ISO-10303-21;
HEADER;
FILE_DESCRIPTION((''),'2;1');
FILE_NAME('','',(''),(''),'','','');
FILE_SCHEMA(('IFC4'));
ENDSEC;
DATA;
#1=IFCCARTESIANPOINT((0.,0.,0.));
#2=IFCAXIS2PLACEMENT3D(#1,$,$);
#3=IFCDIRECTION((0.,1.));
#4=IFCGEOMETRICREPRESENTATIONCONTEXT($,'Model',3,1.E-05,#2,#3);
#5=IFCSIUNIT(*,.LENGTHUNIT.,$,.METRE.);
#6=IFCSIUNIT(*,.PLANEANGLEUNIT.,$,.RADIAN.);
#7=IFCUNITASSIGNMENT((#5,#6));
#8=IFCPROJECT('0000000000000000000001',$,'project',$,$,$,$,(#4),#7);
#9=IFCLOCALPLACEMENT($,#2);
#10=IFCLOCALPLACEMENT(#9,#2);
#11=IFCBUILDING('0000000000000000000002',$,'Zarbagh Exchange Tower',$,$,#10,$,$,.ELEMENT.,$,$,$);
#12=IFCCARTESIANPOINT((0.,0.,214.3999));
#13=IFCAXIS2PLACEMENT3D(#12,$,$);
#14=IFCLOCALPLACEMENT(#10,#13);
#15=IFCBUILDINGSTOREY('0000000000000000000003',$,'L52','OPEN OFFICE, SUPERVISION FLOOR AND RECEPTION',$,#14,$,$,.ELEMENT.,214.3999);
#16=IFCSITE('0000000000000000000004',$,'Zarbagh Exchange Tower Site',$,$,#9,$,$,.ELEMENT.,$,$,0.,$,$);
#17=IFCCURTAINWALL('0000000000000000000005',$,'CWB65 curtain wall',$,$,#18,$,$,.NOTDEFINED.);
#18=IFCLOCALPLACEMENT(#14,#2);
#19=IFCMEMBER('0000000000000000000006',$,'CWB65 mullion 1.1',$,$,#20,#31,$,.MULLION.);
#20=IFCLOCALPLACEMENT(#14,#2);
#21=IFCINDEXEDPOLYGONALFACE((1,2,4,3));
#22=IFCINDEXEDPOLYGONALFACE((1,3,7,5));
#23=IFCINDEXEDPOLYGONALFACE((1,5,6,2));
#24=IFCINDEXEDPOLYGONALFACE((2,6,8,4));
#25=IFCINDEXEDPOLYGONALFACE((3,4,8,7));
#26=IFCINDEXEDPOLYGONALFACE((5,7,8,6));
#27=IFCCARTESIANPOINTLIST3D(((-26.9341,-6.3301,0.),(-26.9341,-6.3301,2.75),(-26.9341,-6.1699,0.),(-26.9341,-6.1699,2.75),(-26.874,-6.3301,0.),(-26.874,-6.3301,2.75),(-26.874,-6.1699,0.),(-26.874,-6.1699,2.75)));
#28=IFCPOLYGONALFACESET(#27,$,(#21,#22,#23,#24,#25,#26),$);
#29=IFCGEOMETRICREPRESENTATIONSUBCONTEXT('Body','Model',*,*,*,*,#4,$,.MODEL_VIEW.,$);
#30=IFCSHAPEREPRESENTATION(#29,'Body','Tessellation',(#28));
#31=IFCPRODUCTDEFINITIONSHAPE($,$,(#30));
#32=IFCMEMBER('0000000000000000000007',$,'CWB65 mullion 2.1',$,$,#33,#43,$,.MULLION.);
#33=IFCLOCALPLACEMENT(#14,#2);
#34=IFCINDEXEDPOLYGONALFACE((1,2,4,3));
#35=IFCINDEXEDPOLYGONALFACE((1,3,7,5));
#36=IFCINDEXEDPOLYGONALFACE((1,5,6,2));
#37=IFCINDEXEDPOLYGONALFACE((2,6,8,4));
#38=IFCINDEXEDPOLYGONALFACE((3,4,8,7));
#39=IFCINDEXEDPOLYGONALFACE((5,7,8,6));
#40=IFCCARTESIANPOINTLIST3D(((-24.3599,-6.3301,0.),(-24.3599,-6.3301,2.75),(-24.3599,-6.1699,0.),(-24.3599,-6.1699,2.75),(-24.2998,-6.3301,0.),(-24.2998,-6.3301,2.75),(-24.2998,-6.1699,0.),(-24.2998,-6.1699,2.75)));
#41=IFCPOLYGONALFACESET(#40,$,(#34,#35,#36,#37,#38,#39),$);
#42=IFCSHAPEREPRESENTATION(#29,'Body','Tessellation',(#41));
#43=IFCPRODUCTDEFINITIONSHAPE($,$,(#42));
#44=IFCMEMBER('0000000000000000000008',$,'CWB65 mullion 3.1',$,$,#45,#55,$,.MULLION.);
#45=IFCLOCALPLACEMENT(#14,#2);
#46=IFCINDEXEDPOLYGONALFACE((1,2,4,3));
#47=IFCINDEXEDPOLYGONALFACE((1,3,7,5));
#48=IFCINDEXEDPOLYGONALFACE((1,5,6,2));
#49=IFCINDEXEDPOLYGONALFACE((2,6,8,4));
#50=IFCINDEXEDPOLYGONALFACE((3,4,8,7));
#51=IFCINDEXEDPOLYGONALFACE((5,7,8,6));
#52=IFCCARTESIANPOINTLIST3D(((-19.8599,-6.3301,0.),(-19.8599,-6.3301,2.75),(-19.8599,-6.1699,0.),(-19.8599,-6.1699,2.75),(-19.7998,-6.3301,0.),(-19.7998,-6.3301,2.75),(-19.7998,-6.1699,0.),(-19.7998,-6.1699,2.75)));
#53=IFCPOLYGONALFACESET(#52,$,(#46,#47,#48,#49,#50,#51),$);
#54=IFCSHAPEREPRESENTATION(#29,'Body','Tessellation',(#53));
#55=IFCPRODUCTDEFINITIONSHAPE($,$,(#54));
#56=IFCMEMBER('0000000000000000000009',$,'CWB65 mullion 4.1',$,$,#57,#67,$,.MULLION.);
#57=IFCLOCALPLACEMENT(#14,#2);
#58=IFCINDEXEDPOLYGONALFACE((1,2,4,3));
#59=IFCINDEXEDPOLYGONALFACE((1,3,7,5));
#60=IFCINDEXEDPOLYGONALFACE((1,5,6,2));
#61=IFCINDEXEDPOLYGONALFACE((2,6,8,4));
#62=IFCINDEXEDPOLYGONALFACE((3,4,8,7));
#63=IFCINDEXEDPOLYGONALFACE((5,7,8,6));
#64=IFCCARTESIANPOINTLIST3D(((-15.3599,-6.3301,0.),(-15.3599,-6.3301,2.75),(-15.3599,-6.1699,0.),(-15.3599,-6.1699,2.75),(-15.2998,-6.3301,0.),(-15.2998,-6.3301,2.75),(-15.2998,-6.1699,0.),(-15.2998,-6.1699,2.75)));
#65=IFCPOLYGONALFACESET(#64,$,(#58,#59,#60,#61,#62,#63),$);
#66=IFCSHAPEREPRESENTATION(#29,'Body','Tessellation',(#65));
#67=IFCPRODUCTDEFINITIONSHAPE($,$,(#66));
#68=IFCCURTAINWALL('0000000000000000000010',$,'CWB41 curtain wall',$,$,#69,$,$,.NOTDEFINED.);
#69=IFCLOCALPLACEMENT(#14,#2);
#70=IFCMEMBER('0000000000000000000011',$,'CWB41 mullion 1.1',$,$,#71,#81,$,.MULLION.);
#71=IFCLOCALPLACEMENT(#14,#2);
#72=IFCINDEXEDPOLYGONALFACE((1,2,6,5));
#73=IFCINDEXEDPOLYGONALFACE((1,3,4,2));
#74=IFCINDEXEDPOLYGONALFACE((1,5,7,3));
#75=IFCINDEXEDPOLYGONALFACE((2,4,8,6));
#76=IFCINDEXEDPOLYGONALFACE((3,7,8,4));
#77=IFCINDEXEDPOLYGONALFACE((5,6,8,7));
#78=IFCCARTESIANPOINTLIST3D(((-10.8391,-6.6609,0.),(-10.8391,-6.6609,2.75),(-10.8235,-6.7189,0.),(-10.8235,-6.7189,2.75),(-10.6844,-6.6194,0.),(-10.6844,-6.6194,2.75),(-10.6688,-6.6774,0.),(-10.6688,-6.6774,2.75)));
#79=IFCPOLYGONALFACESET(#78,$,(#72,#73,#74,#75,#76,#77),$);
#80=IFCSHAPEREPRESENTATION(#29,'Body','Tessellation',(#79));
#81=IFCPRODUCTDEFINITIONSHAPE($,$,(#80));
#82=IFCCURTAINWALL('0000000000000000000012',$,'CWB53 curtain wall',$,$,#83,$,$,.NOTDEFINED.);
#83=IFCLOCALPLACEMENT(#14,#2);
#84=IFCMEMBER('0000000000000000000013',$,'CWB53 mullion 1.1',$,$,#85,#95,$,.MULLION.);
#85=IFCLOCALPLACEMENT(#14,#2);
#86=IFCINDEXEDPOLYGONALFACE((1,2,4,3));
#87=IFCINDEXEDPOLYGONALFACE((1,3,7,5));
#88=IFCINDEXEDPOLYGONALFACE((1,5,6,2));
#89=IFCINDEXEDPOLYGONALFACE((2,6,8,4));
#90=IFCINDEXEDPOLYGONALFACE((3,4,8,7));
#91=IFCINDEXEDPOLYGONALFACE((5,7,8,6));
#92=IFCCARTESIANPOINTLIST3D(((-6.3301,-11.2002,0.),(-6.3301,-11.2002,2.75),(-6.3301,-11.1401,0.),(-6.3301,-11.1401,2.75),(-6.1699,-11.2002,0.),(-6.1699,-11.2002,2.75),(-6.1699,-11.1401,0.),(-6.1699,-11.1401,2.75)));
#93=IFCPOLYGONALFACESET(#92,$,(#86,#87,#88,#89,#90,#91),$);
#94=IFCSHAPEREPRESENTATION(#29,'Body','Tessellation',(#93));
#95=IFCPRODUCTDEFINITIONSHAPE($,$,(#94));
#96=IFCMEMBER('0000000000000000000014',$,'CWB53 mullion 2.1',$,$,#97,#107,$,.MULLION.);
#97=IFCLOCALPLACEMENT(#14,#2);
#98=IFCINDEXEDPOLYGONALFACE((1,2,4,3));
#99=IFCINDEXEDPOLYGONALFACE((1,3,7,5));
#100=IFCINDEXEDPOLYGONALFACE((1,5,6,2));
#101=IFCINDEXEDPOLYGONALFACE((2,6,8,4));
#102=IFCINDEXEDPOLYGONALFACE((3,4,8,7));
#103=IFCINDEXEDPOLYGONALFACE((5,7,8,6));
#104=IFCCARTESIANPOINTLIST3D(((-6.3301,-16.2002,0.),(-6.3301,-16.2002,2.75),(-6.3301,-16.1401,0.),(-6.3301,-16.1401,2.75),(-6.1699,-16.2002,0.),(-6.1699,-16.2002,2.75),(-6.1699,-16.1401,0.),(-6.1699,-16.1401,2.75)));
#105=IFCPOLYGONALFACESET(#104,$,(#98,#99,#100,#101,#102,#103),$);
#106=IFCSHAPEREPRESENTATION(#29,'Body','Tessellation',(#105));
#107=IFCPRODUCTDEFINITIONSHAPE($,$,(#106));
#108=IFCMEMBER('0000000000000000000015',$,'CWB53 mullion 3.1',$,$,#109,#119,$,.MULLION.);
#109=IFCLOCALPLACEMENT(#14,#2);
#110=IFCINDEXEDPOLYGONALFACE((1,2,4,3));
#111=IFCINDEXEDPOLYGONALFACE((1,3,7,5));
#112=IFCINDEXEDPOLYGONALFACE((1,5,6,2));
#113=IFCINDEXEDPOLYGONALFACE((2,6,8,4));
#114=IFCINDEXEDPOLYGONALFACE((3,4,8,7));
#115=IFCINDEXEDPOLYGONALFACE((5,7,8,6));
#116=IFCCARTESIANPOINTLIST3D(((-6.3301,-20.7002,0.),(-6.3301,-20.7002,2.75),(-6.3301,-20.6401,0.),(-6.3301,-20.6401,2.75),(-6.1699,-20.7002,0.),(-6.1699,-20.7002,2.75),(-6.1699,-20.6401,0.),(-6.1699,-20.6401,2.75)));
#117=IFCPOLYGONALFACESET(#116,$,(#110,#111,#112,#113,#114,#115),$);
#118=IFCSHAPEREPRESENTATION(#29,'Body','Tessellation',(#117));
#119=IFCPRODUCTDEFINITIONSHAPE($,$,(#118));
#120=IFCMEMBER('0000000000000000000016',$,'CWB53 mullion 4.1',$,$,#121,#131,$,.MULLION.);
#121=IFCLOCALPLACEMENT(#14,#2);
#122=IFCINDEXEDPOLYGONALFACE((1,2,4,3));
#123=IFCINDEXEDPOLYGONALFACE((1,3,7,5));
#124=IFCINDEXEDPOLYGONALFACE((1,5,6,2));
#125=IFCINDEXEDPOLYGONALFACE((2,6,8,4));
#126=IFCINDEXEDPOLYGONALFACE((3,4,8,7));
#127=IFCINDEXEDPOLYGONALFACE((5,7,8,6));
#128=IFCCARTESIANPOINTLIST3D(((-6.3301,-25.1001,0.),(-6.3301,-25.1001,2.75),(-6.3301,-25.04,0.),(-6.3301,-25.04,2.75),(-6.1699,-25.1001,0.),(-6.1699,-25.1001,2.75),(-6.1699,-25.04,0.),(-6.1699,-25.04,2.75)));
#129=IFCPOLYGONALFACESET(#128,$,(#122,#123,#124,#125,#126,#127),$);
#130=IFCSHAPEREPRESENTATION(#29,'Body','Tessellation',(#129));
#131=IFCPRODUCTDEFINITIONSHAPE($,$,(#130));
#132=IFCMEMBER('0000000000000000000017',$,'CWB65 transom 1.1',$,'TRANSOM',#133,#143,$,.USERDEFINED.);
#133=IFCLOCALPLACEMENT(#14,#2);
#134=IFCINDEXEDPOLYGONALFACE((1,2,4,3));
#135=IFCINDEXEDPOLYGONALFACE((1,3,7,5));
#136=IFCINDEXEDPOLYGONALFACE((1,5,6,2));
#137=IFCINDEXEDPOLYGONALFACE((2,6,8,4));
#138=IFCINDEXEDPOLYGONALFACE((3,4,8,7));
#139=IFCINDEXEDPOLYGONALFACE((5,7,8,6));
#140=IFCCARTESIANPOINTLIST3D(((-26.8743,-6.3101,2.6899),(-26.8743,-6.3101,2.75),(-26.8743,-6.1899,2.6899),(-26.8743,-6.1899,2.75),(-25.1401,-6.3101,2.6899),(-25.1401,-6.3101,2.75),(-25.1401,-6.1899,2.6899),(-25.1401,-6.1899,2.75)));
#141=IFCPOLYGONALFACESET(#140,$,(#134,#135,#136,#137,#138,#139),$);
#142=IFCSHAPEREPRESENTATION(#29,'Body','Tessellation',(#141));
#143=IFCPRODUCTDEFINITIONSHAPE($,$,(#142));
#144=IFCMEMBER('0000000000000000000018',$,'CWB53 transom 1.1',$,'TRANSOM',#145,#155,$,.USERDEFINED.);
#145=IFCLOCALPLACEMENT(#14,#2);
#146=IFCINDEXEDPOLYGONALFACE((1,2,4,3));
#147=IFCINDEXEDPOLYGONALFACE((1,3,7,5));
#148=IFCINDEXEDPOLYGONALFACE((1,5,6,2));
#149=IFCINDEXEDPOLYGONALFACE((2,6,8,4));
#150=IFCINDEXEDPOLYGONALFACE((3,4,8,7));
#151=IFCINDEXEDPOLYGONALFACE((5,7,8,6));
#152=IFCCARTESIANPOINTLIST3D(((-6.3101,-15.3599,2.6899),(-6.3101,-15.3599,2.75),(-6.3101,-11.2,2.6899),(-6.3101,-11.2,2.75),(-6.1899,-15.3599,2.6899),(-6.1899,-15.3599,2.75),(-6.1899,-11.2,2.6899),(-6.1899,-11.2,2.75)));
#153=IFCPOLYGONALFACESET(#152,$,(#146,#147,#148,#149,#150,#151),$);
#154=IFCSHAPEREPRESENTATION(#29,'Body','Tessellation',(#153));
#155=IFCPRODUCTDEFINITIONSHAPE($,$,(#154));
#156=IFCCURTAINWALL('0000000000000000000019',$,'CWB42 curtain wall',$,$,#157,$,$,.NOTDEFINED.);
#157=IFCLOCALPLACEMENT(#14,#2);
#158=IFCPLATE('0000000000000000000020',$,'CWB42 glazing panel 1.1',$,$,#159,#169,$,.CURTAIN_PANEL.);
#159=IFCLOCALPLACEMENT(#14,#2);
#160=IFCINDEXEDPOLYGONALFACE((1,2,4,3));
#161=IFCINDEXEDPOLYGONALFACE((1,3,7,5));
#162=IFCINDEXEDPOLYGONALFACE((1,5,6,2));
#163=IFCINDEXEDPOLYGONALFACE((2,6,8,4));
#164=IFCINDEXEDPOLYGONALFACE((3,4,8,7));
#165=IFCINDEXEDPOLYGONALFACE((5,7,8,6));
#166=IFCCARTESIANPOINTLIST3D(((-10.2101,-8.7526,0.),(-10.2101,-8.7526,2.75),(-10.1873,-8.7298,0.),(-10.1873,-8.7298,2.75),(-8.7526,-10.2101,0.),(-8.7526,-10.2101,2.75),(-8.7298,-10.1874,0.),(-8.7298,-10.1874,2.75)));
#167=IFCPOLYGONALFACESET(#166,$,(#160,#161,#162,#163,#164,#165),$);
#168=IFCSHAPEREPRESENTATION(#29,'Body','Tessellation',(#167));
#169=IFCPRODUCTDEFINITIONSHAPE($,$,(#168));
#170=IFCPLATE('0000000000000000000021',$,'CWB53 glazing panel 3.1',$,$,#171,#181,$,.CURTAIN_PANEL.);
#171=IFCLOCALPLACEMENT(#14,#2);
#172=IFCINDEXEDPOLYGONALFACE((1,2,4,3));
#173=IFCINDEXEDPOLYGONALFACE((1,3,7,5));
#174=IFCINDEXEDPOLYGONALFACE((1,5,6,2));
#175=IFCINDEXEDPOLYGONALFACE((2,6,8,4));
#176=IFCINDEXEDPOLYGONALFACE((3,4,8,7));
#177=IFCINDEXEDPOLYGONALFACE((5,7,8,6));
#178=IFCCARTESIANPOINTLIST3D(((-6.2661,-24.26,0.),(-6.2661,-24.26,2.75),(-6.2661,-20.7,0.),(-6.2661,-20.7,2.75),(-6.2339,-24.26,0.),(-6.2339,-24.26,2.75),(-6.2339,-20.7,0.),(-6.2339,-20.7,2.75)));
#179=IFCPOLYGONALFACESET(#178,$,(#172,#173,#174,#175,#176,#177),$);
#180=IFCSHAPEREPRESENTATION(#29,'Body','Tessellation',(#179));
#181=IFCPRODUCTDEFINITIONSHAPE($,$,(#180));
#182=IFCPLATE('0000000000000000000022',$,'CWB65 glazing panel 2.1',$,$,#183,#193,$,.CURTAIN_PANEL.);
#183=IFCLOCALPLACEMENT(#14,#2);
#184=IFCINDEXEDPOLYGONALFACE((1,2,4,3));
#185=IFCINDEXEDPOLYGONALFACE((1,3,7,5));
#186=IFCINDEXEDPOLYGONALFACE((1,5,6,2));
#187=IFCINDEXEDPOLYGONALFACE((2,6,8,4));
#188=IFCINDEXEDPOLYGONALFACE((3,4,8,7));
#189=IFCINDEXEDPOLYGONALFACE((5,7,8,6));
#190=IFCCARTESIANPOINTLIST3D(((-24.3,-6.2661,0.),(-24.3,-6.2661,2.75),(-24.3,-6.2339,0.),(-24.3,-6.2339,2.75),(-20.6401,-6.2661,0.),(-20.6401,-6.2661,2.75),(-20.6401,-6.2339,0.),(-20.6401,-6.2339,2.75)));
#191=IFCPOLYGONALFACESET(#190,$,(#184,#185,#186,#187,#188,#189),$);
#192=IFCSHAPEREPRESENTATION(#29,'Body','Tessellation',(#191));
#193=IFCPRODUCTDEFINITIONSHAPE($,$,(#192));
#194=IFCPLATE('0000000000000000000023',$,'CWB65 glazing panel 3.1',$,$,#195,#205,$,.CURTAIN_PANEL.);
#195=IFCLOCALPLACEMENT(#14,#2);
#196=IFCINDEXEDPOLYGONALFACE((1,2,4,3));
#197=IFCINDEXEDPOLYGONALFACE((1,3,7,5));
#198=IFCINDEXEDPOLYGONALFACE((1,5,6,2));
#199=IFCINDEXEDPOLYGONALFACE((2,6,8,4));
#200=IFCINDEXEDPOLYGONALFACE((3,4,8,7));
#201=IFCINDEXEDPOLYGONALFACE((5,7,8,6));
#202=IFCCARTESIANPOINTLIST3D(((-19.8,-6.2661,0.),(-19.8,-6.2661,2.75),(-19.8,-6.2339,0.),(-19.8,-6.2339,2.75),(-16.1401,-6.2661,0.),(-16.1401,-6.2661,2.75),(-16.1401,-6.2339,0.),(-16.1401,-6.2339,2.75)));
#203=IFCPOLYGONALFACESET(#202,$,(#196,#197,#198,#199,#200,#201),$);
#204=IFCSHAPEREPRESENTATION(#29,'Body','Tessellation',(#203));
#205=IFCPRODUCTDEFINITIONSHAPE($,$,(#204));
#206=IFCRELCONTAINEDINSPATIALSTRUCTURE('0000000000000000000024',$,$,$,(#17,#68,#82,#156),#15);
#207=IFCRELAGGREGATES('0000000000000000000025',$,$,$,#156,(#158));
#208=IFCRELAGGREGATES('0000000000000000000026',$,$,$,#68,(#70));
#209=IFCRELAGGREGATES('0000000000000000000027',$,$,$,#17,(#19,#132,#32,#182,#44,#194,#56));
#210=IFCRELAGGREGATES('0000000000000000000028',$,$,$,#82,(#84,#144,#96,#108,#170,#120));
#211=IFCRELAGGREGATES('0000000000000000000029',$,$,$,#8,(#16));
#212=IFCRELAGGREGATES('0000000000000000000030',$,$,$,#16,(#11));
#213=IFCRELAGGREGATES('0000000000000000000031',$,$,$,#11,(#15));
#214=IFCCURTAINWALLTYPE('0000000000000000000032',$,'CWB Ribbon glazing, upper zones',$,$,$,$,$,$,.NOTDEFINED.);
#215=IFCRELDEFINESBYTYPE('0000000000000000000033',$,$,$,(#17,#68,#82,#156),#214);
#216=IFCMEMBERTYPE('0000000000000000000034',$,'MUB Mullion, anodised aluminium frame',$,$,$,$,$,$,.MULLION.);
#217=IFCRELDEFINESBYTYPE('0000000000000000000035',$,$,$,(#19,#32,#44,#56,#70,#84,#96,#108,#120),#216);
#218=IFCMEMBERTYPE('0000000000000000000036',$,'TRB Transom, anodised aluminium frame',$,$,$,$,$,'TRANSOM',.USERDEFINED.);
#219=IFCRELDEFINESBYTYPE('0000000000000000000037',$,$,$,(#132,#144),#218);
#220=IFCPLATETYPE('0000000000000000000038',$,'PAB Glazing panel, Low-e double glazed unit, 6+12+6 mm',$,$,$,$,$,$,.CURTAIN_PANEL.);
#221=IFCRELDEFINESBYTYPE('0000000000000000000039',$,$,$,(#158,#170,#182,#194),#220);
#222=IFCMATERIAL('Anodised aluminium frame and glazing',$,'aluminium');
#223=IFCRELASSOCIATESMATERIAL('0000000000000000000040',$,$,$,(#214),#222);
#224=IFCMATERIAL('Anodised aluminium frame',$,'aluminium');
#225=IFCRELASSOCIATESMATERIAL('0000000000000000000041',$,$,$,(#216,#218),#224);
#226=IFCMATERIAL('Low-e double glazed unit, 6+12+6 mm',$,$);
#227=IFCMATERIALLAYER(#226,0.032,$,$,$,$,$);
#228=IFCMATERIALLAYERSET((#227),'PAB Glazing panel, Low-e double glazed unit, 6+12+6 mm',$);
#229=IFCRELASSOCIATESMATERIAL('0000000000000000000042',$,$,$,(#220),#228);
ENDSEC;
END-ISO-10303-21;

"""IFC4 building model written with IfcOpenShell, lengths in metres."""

from ifc_helpers import new_model, si_unit, direction, frame, origin, place, context, subcontext, project, spatial, polyline, outline, extrude, source, transform, mapped, material, layer, layer_set, type_object, element, aggregate, save


model = new_model("IFC4")

# Units and contexts
model_context = context("Model", 3, precision=1e-05, world=origin(), true_north=direction((0.0, 1.0)))
body_context = subcontext(model_context, "Body", "Model", "MODEL_VIEW")
ifc_project = project(units=[si_unit("LENGTHUNIT", "METRE"), si_unit("PLANEANGLEUNIT", "RADIAN")], contexts=[model_context])

# Site, building, storey
site_placement = place(None, origin())
site = spatial("IfcSite", under=ifc_project, at=site_placement, Name="Zarbagh Exchange Tower Site", CompositionType="ELEMENT", RefElevation=0.0)
building_placement = place(site_placement, origin())
building = spatial("IfcBuilding", under=site, at=building_placement, Name="Zarbagh Exchange Tower", CompositionType="ELEMENT")
storey_placement = place(building_placement, frame((0.0, 0.0, 214.3999)))
storey = spatial("IfcBuildingStorey", under=building, at=storey_placement, Name="L52", Description="OPEN OFFICE, SUPERVISION FLOOR AND RECEPTION", CompositionType="ELEMENT", Elevation=214.3999)

# Curtain wall, members
ifc_material_1 = material(Name="Anodised aluminium frame and glazing", Category="aluminium")
curtain_wall_type = type_object("IfcCurtainWallType", Name="CWB Ribbon glazing, upper zones", PredefinedType="NOTDEFINED", material=ifc_material_1)
curtain_wall_1_placement = place(storey_placement, origin())
curtain_wall_1 = element("IfcCurtainWall", 1, at=curtain_wall_1_placement, inside=storey, type_object=curtain_wall_type, Name="CWB65 curtain wall", PredefinedType="NOTDEFINED")
ifc_material_2 = material(Name="Anodised aluminium frame", Category="aluminium")
member_type_1 = type_object("IfcMemberType", Name="MUB Mullion, anodised aluminium frame", PredefinedType="MULLION", material=ifc_material_2)
shared_shape_1 = source(origin(), body_context, "Body", "SweptSolid", [
    extrude(outline(polyline([(0.0, -0.0801), (0.0601, -0.0801), (0.0601, 0.0801), (0.0, 0.0801), (0.0, -0.0801)])), origin(), (0.0, 0.0, 1.0), 2.75),
])
placement = place(storey_placement, origin())
member_1 = element("IfcMember", 2, at=placement, type_object=member_type_1, Name="CWB65 mullion 1.1", PredefinedType="MULLION", context=body_context, shape_type="MappedRepresentation", body=[
    mapped(shared_shape_1, transform((-26.9341, -6.25, 0.0), x_axis=(1.0, 0.0, 0.0), y_axis=(0.0, 1.0, 0.0), z_axis=(0.0, 0.0, 1.0))),
])
member_2 = element("IfcMember", 3, at=placement, type_object=member_type_1, Name="CWB65 mullion 2.1", PredefinedType="MULLION", context=body_context, shape_type="MappedRepresentation", body=[
    mapped(shared_shape_1, transform((-24.3599, -6.25, 0.0), x_axis=(1.0, 0.0, 0.0), y_axis=(0.0, 1.0, 0.0), z_axis=(0.0, 0.0, 1.0))),
])
member_3 = element("IfcMember", 4, at=placement, type_object=member_type_1, Name="CWB65 mullion 3.1", PredefinedType="MULLION", context=body_context, shape_type="MappedRepresentation", body=[
    mapped(shared_shape_1, transform((-19.8599, -6.25, 0.0), x_axis=(1.0, 0.0, 0.0), y_axis=(0.0, 1.0, 0.0), z_axis=(0.0, 0.0, 1.0))),
])
member_4 = element("IfcMember", 5, at=placement, type_object=member_type_1, Name="CWB65 mullion 4.1", PredefinedType="MULLION", context=body_context, shape_type="MappedRepresentation", body=[
    mapped(shared_shape_1, transform((-15.3599, -6.25, 0.0), x_axis=(1.0, 0.0, 0.0), y_axis=(0.0, 1.0, 0.0), z_axis=(0.0, 0.0, 1.0))),
])

# Curtain wall, member
curtain_wall_2_placement = place(storey_placement, origin())
curtain_wall_2 = element("IfcCurtainWall", 6, at=curtain_wall_2_placement, inside=storey, type_object=curtain_wall_type, Name="CWB41 curtain wall", PredefinedType="NOTDEFINED")
member_5 = element("IfcMember", 7, at=placement, type_object=member_type_1, Name="CWB41 mullion 1.1", PredefinedType="MULLION", context=body_context, shape_type="MappedRepresentation", body=[
    mapped(shared_shape_1, transform((-10.7617, -6.6401, 0.0), x_axis=(0.258825, -0.965924, 0.0), y_axis=(0.965924, 0.258825, 0.0), z_axis=(0.0, 0.0, 1.0))),
])

# Curtain wall, members
curtain_wall_3_placement = place(storey_placement, origin())
curtain_wall_3 = element("IfcCurtainWall", 8, at=curtain_wall_3_placement, inside=storey, type_object=curtain_wall_type, Name="CWB53 curtain wall", PredefinedType="NOTDEFINED")
member_6 = element("IfcMember", 9, at=placement, type_object=member_type_1, Name="CWB53 mullion 1.1", PredefinedType="MULLION", context=body_context, shape_type="MappedRepresentation", body=[
    mapped(shared_shape_1, transform((-6.25, -11.1401, 0.0), x_axis=(0.0, -1.0, 0.0), y_axis=(1.0, 0.0, 0.0), z_axis=(0.0, 0.0, 1.0))),
])
member_7 = element("IfcMember", 10, at=placement, type_object=member_type_1, Name="CWB53 mullion 2.1", PredefinedType="MULLION", context=body_context, shape_type="MappedRepresentation", body=[
    mapped(shared_shape_1, transform((-6.25, -16.1401, 0.0), x_axis=(0.0, -1.0, 0.0), y_axis=(1.0, 0.0, 0.0), z_axis=(0.0, 0.0, 1.0))),
])
member_8 = element("IfcMember", 11, at=placement, type_object=member_type_1, Name="CWB53 mullion 3.1", PredefinedType="MULLION", context=body_context, shape_type="MappedRepresentation", body=[
    mapped(shared_shape_1, transform((-6.25, -20.6401, 0.0), x_axis=(0.0, -1.0, 0.0), y_axis=(1.0, 0.0, 0.0), z_axis=(0.0, 0.0, 1.0))),
])
member_9 = element("IfcMember", 12, at=placement, type_object=member_type_1, Name="CWB53 mullion 4.1", PredefinedType="MULLION", context=body_context, shape_type="MappedRepresentation", body=[
    mapped(shared_shape_1, transform((-6.25, -25.04, 0.0), x_axis=(0.0, -1.0, 0.0), y_axis=(1.0, 0.0, 0.0), z_axis=(0.0, 0.0, 1.0))),
])

# Members
member_type_2 = type_object("IfcMemberType", Name="TRB Transom, anodised aluminium frame", ElementType="TRANSOM", PredefinedType="USERDEFINED", material=ifc_material_2)
shared_shape_2 = source(origin(), body_context, "Body", "SweptSolid", [
    extrude(outline(polyline([(-0.0601, -0.0601), (0.0, -0.0601), (0.0, 0.0601), (-0.0601, 0.0601), (-0.0601, -0.0601)])), origin(), (0.0, 0.0, 1.0), 1.7341),
])
member_10 = element("IfcMember", 13, at=placement, type_object=member_type_2, Name="CWB65 transom 1.1", ObjectType="TRANSOM", PredefinedType="USERDEFINED", context=body_context, shape_type="MappedRepresentation", body=[
    mapped(shared_shape_2, transform((-26.8743, -6.25, 2.75), x_axis=(0.0, 0.0, 1.0), y_axis=(0.0, -1.0, 0.0), z_axis=(1.0, 0.0, 0.0))),
])
shared_shape_3 = source(origin(), body_context, "Body", "SweptSolid", [
    extrude(outline(polyline([(-0.0601, -0.0601), (0.0, -0.0601), (0.0, 0.0601), (-0.0601, 0.0601), (-0.0601, -0.0601)])), origin(), (0.0, 0.0, 1.0), 4.1599),
])
member_11 = element("IfcMember", 14, at=placement, type_object=member_type_2, Name="CWB53 transom 1.1", ObjectType="TRANSOM", PredefinedType="USERDEFINED", context=body_context, shape_type="MappedRepresentation", body=[
    mapped(shared_shape_3, transform((-6.25, -11.2, 2.75), x_axis=(0.0, 0.0, 1.0), y_axis=(-1.0, 0.0, 0.0), z_axis=(0.0, -1.0, 0.0))),
])

# Curtain wall, plate
curtain_wall_4_placement = place(storey_placement, origin())
curtain_wall_4 = element("IfcCurtainWall", 15, at=curtain_wall_4_placement, inside=storey, type_object=curtain_wall_type, Name="CWB42 curtain wall", PredefinedType="NOTDEFINED")
ifc_material_3 = material(Name="Low-e double glazed unit, 6+12+6 mm")
ifc_layer = layer(ifc_material_3, 0.032)
ifc_layer_set = layer_set([ifc_layer], Name="PAB Glazing panel, Low-e double glazed unit, 6+12+6 mm")
plate_type = type_object("IfcPlateType", Name="PAB Glazing panel, Low-e double glazed unit, 6+12+6 mm", PredefinedType="CURTAIN_PANEL", material=ifc_layer_set)
shared_shape_4 = source(origin(), body_context, "Body", "SweptSolid", [
    extrude(outline(polyline([(0.0, -0.0161), (2.0613, -0.0161), (2.0613, 0.0161), (0.0, 0.0161), (0.0, -0.0161)])), origin(), (0.0, 0.0, 1.0), 2.75),
])
plate_1 = element("IfcPlate", 16, at=placement, type_object=plate_type, Name="CWB42 glazing panel 1.1", PredefinedType="CURTAIN_PANEL", context=body_context, shape_type="MappedRepresentation", body=[
    mapped(shared_shape_4, transform((-10.1987, -8.7412, 0.0), x_axis=(0.707107, -0.707107, 0.0), y_axis=(0.707107, 0.707107, 0.0), z_axis=(0.0, 0.0, 1.0))),
])
aggregate(curtain_wall_4, [plate_1])

# Plates
shared_shape_5 = source(origin(), body_context, "Body", "SweptSolid", [
    extrude(outline(polyline([(0.0, -0.0161), (3.5601, -0.0161), (3.5601, 0.0161), (0.0, 0.0161), (0.0, -0.0161)])), origin(), (0.0, 0.0, 1.0), 2.75),
])
plate_2 = element("IfcPlate", 17, at=placement, type_object=plate_type, Name="CWB53 glazing panel 3.1", PredefinedType="CURTAIN_PANEL", context=body_context, shape_type="MappedRepresentation", body=[
    mapped(shared_shape_5, transform((-6.25, -20.7, 0.0), x_axis=(0.0, -1.0, 0.0), y_axis=(1.0, 0.0, 0.0), z_axis=(0.0, 0.0, 1.0))),
])
shared_shape_6 = source(origin(), body_context, "Body", "SweptSolid", [
    extrude(outline(polyline([(0.0, -0.0161), (3.6599, -0.0161), (3.6599, 0.0161), (0.0, 0.0161), (0.0, -0.0161)])), origin(), (0.0, 0.0, 1.0), 2.75),
])
plate_3 = element("IfcPlate", 18, at=placement, type_object=plate_type, Name="CWB65 glazing panel 2.1", PredefinedType="CURTAIN_PANEL", context=body_context, shape_type="MappedRepresentation", body=[
    mapped(shared_shape_6, transform((-24.3, -6.25, 0.0), x_axis=(1.0, 0.0, 0.0), y_axis=(0.0, 1.0, 0.0), z_axis=(0.0, 0.0, 1.0))),
])
plate_4 = element("IfcPlate", 19, at=placement, type_object=plate_type, Name="CWB65 glazing panel 3.1", PredefinedType="CURTAIN_PANEL", context=body_context, shape_type="MappedRepresentation", body=[
    mapped(shared_shape_6, transform((-19.8, -6.25, 0.0), x_axis=(1.0, 0.0, 0.0), y_axis=(0.0, 1.0, 0.0), z_axis=(0.0, 0.0, 1.0))),
])
aggregate(curtain_wall_2, [member_5])

aggregate(curtain_wall_1, [member_1, member_10, member_2, plate_3, member_3, plate_4, member_4])
aggregate(curtain_wall_3, [member_6, member_11, member_7, member_8, plate_2, member_9])

save(model, "model.ifc")
